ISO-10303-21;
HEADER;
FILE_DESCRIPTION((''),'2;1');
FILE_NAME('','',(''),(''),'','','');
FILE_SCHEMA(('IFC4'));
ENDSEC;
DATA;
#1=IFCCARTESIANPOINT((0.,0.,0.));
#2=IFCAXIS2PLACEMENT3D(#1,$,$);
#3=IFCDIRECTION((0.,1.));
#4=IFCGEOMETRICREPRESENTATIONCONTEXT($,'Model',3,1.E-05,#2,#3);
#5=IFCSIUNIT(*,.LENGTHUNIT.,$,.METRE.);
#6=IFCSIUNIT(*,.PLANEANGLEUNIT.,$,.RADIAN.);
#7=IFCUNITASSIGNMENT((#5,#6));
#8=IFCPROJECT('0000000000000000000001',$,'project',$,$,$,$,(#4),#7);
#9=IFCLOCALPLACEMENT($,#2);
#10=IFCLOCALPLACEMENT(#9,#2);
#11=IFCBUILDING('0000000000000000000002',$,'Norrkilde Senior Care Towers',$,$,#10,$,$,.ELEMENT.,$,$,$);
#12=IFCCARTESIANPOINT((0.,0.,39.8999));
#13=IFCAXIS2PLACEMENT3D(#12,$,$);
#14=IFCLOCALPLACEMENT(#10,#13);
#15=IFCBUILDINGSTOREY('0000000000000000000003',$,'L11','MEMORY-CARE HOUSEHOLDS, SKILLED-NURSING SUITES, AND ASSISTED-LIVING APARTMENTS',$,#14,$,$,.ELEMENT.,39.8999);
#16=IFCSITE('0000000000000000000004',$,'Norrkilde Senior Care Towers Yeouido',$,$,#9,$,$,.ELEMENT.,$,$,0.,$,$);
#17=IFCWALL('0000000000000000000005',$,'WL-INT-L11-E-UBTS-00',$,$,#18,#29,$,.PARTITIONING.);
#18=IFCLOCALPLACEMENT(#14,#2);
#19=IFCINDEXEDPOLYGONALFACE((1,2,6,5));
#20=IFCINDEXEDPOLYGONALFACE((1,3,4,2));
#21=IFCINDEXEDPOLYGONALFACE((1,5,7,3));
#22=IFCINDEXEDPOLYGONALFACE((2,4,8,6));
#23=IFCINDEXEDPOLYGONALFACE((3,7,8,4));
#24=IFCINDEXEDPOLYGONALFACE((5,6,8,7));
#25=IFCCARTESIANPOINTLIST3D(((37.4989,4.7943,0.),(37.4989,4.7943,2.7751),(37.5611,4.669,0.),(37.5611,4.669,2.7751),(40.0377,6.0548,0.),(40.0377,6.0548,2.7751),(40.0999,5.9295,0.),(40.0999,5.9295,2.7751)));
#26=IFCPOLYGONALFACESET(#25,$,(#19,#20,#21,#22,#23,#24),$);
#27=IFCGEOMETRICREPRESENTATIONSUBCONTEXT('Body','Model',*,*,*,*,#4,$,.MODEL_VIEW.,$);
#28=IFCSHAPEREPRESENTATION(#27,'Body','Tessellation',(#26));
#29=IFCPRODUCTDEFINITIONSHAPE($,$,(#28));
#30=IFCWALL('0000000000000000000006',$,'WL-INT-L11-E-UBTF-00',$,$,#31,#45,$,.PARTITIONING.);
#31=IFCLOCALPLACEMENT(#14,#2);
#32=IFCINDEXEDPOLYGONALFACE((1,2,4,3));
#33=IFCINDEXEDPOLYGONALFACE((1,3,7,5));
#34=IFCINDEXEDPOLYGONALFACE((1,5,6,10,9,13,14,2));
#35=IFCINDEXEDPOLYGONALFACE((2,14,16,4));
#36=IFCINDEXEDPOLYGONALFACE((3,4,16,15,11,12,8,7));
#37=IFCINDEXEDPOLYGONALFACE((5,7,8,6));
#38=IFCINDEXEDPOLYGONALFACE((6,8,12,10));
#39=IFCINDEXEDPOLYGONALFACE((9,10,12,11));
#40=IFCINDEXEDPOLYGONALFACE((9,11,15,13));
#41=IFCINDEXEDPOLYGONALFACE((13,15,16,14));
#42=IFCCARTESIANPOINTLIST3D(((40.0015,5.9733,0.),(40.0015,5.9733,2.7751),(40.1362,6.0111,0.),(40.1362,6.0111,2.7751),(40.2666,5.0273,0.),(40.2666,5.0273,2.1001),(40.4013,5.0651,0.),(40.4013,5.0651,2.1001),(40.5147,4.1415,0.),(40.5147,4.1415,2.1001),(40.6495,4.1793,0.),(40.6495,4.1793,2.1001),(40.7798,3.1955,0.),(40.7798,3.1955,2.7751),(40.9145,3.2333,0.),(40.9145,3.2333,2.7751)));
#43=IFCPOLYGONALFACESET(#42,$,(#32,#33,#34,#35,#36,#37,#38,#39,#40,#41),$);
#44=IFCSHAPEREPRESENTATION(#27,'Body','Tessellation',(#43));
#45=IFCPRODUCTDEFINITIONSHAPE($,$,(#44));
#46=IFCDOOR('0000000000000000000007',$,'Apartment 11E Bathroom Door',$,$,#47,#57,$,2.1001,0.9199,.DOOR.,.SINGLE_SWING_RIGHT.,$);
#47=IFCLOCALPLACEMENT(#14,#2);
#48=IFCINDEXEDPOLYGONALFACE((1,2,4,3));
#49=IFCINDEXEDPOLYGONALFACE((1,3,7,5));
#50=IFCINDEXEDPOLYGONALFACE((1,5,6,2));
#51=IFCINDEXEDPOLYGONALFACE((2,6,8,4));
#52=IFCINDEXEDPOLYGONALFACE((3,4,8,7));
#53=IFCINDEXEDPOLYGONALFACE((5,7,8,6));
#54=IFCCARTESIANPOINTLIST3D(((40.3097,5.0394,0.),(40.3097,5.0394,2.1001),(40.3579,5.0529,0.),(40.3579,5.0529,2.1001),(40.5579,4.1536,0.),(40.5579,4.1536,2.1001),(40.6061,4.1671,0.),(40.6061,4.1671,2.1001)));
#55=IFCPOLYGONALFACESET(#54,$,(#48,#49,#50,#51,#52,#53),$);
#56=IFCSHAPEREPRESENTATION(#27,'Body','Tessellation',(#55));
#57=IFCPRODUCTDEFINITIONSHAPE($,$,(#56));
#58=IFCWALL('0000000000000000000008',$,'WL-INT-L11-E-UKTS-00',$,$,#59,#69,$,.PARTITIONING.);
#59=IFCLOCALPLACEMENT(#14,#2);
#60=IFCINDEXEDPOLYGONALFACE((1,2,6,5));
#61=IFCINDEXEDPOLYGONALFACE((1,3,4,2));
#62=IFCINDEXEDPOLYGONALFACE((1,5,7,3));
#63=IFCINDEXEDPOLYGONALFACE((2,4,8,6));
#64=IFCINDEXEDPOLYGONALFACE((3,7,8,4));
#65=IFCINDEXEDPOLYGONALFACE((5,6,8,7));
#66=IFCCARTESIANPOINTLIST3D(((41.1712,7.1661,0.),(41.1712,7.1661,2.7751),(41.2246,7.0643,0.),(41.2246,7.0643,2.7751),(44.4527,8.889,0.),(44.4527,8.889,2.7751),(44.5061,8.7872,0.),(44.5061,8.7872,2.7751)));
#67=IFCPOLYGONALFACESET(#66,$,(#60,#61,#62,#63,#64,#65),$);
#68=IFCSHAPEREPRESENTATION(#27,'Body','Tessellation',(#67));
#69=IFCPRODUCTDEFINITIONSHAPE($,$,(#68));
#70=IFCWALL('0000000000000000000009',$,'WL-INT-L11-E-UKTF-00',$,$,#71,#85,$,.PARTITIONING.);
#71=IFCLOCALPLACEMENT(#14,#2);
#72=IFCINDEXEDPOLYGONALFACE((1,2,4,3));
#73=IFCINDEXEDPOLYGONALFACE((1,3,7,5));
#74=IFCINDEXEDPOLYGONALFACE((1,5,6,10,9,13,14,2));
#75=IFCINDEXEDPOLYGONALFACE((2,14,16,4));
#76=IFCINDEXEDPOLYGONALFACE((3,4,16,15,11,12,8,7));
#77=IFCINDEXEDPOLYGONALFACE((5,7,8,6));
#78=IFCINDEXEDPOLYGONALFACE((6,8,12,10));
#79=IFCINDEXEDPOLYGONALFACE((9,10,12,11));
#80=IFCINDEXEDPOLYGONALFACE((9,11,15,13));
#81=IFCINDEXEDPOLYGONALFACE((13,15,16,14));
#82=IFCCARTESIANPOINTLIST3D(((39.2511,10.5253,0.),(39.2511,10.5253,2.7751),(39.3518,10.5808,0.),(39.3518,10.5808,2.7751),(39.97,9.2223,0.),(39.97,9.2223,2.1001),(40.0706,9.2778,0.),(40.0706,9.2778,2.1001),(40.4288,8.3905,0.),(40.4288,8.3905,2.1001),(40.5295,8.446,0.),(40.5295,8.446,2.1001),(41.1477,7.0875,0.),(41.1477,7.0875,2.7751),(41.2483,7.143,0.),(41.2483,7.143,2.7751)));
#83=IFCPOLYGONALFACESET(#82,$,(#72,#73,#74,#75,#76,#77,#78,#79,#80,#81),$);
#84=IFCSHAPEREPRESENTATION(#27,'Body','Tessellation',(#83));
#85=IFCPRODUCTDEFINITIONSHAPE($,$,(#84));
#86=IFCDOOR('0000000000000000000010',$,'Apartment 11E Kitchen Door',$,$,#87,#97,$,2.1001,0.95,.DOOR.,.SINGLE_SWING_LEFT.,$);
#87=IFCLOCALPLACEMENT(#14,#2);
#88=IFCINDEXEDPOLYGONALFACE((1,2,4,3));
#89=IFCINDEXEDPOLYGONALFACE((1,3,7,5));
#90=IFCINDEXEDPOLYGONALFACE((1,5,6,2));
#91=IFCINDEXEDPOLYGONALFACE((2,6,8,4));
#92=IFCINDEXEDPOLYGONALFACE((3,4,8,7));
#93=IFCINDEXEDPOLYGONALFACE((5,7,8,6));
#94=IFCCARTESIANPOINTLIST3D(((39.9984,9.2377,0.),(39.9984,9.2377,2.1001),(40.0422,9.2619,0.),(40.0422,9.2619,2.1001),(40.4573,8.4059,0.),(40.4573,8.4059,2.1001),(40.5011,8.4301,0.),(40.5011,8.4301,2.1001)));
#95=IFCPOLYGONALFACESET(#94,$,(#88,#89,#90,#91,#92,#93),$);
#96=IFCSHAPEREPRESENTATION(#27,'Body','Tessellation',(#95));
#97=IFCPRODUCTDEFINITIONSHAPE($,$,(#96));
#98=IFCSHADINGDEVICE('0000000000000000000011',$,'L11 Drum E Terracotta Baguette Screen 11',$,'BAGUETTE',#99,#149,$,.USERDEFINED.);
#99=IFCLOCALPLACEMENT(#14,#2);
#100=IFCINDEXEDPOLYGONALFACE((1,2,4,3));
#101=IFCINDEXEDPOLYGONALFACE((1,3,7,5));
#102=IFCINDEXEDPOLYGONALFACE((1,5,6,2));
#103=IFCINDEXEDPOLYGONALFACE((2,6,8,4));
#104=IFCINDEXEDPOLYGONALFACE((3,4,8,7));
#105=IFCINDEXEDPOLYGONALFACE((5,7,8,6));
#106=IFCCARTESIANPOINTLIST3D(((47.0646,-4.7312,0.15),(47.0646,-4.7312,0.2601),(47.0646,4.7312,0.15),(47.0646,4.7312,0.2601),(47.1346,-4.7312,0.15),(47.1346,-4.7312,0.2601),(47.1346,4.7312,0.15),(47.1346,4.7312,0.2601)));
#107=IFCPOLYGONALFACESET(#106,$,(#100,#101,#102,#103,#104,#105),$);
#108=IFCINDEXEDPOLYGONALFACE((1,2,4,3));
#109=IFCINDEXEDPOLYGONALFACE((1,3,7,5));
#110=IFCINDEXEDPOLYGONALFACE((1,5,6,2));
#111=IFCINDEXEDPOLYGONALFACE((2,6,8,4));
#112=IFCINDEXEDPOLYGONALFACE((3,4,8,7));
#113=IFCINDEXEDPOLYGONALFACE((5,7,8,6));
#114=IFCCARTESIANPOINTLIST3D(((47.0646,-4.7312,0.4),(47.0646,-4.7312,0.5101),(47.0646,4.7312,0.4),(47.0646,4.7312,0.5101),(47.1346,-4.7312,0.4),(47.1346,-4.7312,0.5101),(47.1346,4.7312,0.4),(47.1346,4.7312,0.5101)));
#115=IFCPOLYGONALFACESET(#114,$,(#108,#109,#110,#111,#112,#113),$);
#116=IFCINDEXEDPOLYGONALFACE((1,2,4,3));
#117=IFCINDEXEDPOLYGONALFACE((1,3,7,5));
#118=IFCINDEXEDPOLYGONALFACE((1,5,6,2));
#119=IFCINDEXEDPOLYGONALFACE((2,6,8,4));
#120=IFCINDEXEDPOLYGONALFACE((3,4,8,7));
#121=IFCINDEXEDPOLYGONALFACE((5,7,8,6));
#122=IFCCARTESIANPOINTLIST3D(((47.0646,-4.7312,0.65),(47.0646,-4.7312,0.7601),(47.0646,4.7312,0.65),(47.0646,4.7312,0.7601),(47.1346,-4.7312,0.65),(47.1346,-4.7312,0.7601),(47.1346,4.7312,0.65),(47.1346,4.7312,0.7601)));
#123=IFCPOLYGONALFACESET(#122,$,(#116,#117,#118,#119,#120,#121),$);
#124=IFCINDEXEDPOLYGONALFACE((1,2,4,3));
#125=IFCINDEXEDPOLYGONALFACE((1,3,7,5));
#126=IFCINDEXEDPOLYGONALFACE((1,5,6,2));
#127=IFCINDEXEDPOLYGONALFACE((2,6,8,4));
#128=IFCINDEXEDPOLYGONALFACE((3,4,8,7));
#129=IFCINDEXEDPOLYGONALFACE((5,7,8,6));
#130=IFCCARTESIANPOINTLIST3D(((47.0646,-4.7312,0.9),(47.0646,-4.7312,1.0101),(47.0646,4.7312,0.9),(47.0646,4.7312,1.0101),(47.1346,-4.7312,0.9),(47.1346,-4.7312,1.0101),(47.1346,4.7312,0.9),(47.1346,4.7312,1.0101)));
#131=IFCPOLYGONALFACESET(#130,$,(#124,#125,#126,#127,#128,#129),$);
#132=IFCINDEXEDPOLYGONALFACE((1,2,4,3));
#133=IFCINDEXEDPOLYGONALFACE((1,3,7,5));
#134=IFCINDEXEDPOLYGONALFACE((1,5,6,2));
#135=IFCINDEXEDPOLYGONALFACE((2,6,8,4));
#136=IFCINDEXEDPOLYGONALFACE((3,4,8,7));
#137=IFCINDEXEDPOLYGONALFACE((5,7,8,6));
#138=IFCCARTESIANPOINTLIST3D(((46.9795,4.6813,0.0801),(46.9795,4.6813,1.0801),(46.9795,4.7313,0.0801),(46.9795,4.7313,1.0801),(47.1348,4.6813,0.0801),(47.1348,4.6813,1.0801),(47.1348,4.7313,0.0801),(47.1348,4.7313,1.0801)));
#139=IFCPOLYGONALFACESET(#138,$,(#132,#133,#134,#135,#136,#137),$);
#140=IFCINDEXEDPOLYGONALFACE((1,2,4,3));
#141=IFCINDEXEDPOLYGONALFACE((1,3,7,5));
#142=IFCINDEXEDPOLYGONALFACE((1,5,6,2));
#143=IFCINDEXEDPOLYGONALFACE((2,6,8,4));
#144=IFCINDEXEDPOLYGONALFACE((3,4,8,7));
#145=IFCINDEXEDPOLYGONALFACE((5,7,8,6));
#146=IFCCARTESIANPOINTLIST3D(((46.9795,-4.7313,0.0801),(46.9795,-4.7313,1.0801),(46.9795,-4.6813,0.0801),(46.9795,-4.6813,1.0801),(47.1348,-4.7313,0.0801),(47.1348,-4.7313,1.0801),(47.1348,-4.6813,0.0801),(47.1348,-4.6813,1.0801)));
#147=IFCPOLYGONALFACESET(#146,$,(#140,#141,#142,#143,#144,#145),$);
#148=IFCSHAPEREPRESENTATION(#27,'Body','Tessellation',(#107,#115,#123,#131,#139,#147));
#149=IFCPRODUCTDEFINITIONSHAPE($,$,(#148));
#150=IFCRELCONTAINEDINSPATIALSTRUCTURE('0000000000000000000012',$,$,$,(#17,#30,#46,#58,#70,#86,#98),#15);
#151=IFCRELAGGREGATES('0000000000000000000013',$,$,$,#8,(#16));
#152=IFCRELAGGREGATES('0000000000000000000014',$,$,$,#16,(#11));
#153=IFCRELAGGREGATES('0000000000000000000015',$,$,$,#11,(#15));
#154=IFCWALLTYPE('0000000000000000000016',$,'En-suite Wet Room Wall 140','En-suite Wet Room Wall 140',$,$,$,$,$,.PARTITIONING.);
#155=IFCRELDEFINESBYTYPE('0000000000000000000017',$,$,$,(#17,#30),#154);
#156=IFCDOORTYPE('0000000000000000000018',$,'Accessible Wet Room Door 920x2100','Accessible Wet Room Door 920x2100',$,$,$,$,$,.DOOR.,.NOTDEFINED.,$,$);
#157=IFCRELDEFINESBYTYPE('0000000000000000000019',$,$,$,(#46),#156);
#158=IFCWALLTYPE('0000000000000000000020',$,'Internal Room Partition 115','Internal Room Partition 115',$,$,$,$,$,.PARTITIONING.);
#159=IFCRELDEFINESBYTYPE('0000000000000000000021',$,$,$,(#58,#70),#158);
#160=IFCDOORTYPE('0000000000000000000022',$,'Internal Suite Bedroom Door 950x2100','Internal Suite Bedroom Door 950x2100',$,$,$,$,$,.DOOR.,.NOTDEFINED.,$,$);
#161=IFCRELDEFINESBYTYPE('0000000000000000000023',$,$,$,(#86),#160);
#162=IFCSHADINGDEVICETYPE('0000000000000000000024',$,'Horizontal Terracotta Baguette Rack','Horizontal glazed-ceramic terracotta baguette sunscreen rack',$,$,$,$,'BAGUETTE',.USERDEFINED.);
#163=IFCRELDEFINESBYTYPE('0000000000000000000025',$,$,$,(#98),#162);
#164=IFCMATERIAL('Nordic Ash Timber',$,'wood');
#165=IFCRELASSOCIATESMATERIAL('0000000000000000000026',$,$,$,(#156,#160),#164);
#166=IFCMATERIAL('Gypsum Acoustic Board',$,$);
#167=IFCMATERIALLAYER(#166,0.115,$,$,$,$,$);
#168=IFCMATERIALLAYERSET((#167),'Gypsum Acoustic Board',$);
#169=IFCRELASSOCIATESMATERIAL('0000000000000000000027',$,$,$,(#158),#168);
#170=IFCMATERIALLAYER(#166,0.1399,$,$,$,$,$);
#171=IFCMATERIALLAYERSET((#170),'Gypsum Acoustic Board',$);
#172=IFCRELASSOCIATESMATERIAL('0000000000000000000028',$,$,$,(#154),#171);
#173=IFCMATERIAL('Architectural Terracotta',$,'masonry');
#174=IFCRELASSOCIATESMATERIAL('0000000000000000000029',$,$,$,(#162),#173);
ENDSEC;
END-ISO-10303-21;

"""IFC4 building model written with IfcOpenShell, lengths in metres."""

from ifc_helpers import new_model, si_unit, direction, frame, frame_2d, origin, origin_2d, place, context, subcontext, project, spatial, rectangle, extrude, source, transform, mapped, material, layer, layer_set, type_object, type_shapes, element, fill, save


model = new_model("IFC4")

# Units and contexts
model_context = context("Model", 3, precision=1e-05, world=origin(), true_north=direction((0.0, 1.0)))
body_context = subcontext(model_context, "Body", "Model", "MODEL_VIEW")
ifc_project = project(units=[si_unit("LENGTHUNIT", "METRE"), si_unit("PLANEANGLEUNIT", "RADIAN")], contexts=[model_context])

# Site, building, storey
site_placement = place(None, origin())
site = spatial("IfcSite", under=ifc_project, at=site_placement, Name="Norrkilde Senior Care Towers Yeouido", CompositionType="ELEMENT", RefElevation=0.0)
building_placement = place(site_placement, origin())
building = spatial("IfcBuilding", under=site, at=building_placement, Name="Norrkilde Senior Care Towers", CompositionType="ELEMENT")
storey_placement = place(building_placement, frame((0.0, 0.0, 39.8999)))
storey = spatial("IfcBuildingStorey", under=building, at=storey_placement, Name="L11", Description="MEMORY-CARE HOUSEHOLDS, SKILLED-NURSING SUITES, AND ASSISTED-LIVING APARTMENTS", CompositionType="ELEMENT", Elevation=39.8999)

# Shared definitions
ifc_material_1 = material(Name="Gypsum Acoustic Board")
ifc_material_2 = material(Name="Nordic Ash Timber", Category="wood")
door_type_1 = type_object("IfcDoorType", Name="Accessible Wet Room Door 920x2100", Description="Accessible Wet Room Door 920x2100", OperationType="NOTDEFINED", PredefinedType="DOOR", material=ifc_material_2)
shared_shape_1 = source(origin(), body_context, "Body", "SweptSolid", [
    extrude(rectangle(XDim=0.9199, YDim=2.1001, at=frame_2d((0.46, 1.05))), frame((0.0, 0.0249, 0.0), z_axis=(0.0, -1.0, 0.0), x_axis=(1.0, 0.0, 0.0)), (0.0, 0.0, 1.0), 0.05),
])
type_shapes(door_type_1, [shared_shape_1])

# Shared definitions
ifc_layer_1 = layer(ifc_material_1, 0.115)
ifc_layer_set_1 = layer_set([ifc_layer_1], Name="Gypsum Acoustic Board")
wall_type_1 = type_object("IfcWallType", Name="Internal Room Partition 115", Description="Internal Room Partition 115", PredefinedType="PARTITIONING", material=ifc_layer_set_1)
door_type_2 = type_object("IfcDoorType", Name="Internal Suite Bedroom Door 950x2100", Description="Internal Suite Bedroom Door 950x2100", OperationType="NOTDEFINED", PredefinedType="DOOR", material=ifc_material_2)
shared_shape_2 = source(origin(), body_context, "Body", "SweptSolid", [
    extrude(rectangle(XDim=0.95, YDim=2.1001, at=frame_2d((0.4751, 1.05))), frame((0.0, 0.0249, 0.0), z_axis=(0.0, -1.0, 0.0), x_axis=(1.0, 0.0, 0.0)), (0.0, 0.0, 1.0), 0.05),
])
type_shapes(door_type_2, [shared_shape_2])

# Wall
ifc_layer_2 = layer(ifc_material_1, 0.1399)
ifc_layer_set_2 = layer_set([ifc_layer_2], Name="Gypsum Acoustic Board")
wall_type_2 = type_object("IfcWallType", Name="En-suite Wet Room Wall 140", Description="En-suite Wet Room Wall 140", PredefinedType="PARTITIONING", material=ifc_layer_set_2)
shared_shape_3 = source(origin(), body_context, "Body", "SweptSolid", [
    extrude(rectangle(XDim=2.8345, YDim=0.1399, at=frame_2d((1.4172, 0.0))), origin(), (0.0, 0.0, 1.0), 2.7751),
])
wall_1_placement = place(storey_placement, frame((37.53, 4.7317, 0.0), z_axis=(0.0, 0.0, 1.0), x_axis=(0.895681, 0.444697, 0.0)))
element("IfcWall", 1, at=wall_1_placement, inside=storey, type_object=wall_type_2, Name="WL-INT-L11-E-UBTS-00", PredefinedType="PARTITIONING", context=body_context, shape_type="MappedRepresentation", body=[
    mapped(shared_shape_3, transform((0.0, 0.0, 0.0), x_axis=(1.0, 0.0, 0.0), y_axis=(0.0, 1.0, 0.0), z_axis=(0.0, 0.0, 1.0), scale=1.0)),
])

# Wall, opening, door
shared_shape_4 = source(origin(), body_context, "Body", "SweptSolid", [
    extrude(rectangle(XDim=2.8848, YDim=0.1399, at=frame_2d((1.4424, 0.0))), origin(), (0.0, 0.0, 1.0), 2.7751),
])
type_shapes(wall_type_2, [shared_shape_3, shared_shape_4])
wall_2_placement = place(storey_placement, frame((40.0688, 5.9922, 0.0), z_axis=(0.0, 0.0, 1.0), x_axis=(0.269799, -0.962917, 0.0)))
wall_2 = element("IfcWall", 2, at=wall_2_placement, inside=storey, type_object=wall_type_2, Name="WL-INT-L11-E-UBTF-00", PredefinedType="PARTITIONING", context=body_context, shape_type="MappedRepresentation", body=[
    mapped(shared_shape_4, transform((0.0, 0.0, 0.0), x_axis=(1.0, 0.0, 0.0), y_axis=(0.0, 1.0, 0.0), z_axis=(0.0, 0.0, 1.0), scale=1.0)),
])
opening_1_placement = place(wall_2_placement, frame((0.9824, 0.0, 0.0)))
opening_1 = element("IfcOpeningElement", 3, at=opening_1_placement, cuts=wall_2, PredefinedType="OPENING", context=body_context, shape_type="SweptSolid", body=[
    extrude(rectangle(XDim=0.9199, YDim=2.1001, at=frame_2d((0.46, 1.05))), frame((0.0, 0.0798, 0.0), z_axis=(0.0, -1.0, 0.0), x_axis=(1.0, 0.0, 0.0)), (0.0, 0.0, 1.0), 0.1599),
])
door_1_placement = place(opening_1_placement, origin())
door_1 = element("IfcDoor", 4, at=door_1_placement, inside=storey, type_object=door_type_1, Name="Apartment 11E Bathroom Door", OperationType="SINGLE_SWING_RIGHT", OverallHeight=2.1001, OverallWidth=0.9199, PredefinedType="DOOR", context=body_context, shape_type="MappedRepresentation", body=[
    mapped(shared_shape_1, transform((0.0, 0.0, 0.0), x_axis=(1.0, 0.0, 0.0), y_axis=(0.0, 1.0, 0.0), z_axis=(0.0, 0.0, 1.0), scale=1.0)),
])
fill(opening_1, door_1)

# Wall
shared_shape_5 = source(origin(), body_context, "Body", "SweptSolid", [
    extrude(rectangle(XDim=3.7063, YDim=0.115, at=frame_2d((1.853, 0.0))), origin(), (0.0, 0.0, 1.0), 2.7751),
])
wall_3_placement = place(storey_placement, frame((41.198, 7.1152, 0.0), z_axis=(0.0, 0.0, 1.0), x_axis=(0.885385, 0.464858, 0.0)))
element("IfcWall", 5, at=wall_3_placement, inside=storey, type_object=wall_type_1, Name="WL-INT-L11-E-UKTS-00", PredefinedType="PARTITIONING", context=body_context, shape_type="MappedRepresentation", body=[
    mapped(shared_shape_5, transform((0.0, 0.0, 0.0), x_axis=(1.0, 0.0, 0.0), y_axis=(0.0, 1.0, 0.0), z_axis=(0.0, 0.0, 1.0), scale=1.0)),
])

# Wall, opening, door
shared_shape_6 = source(origin(), body_context, "Body", "SweptSolid", [
    extrude(rectangle(XDim=3.9263, YDim=0.115, at=frame_2d((1.9631, 0.0))), origin(), (0.0, 0.0, 1.0), 2.7751),
])
wall_4_placement = place(storey_placement, frame((41.198, 7.1152, 0.0), z_axis=(0.0, 0.0, 1.0), x_axis=(-0.483038, 0.875599, 0.0)))
wall_4 = element("IfcWall", 6, at=wall_4_placement, inside=storey, type_object=wall_type_1, Name="WL-INT-L11-E-UKTF-00", PredefinedType="PARTITIONING", context=body_context, shape_type="MappedRepresentation", body=[
    mapped(shared_shape_6, transform((0.0, 0.0, 0.0), x_axis=(1.0, 0.0, 0.0), y_axis=(0.0, 1.0, 0.0), z_axis=(0.0, 0.0, 1.0), scale=1.0)),
])
opening_2_placement = place(wall_4_placement, frame((1.488, 0.0, 0.0)))
opening_2 = element("IfcOpeningElement", 7, at=opening_2_placement, cuts=wall_4, PredefinedType="OPENING", context=body_context, shape_type="SweptSolid", body=[
    extrude(rectangle(XDim=0.95, YDim=2.1001, at=frame_2d((0.4751, 1.05))), frame((0.0, 0.0674, 0.0), z_axis=(0.0, -1.0, 0.0), x_axis=(1.0, 0.0, 0.0)), (0.0, 0.0, 1.0), 0.135),
])
door_2_placement = place(opening_2_placement, frame((0.95, 0.0, 0.0), z_axis=(0.0, 0.0, 1.0), x_axis=(-1.0, 0.0, 0.0)))
door_2 = element("IfcDoor", 8, at=door_2_placement, inside=storey, type_object=door_type_2, Name="Apartment 11E Kitchen Door", OperationType="SINGLE_SWING_LEFT", OverallHeight=2.1001, OverallWidth=0.95, PredefinedType="DOOR", context=body_context, shape_type="MappedRepresentation", body=[
    mapped(shared_shape_2, transform((0.0, 0.0, 0.0), x_axis=(1.0, 0.0, 0.0), y_axis=(0.0, 1.0, 0.0), z_axis=(0.0, 0.0, 1.0), scale=1.0)),
])
fill(opening_2, door_2)

# Shading device
ifc_material_3 = material(Name="Architectural Terracotta", Category="masonry")
shading_device_type = type_object("IfcShadingDeviceType", Name="Horizontal Terracotta Baguette Rack", Description="Horizontal glazed-ceramic terracotta baguette sunscreen rack", ElementType="BAGUETTE", PredefinedType="USERDEFINED", material=ifc_material_3)
shared_shape_7 = source(origin(), body_context, "Body", "SweptSolid", [
    extrude(rectangle(XDim=0.0701, YDim=0.1101, at=origin_2d()), frame((0.0, 0.0901, 0.125), z_axis=(1.0, 0.0, 0.0), x_axis=(0.0, 1.0, 0.0)), (0.0, 0.0, 1.0), 9.4624),
    extrude(rectangle(XDim=0.0701, YDim=0.1101, at=origin_2d()), frame((0.0, 0.0901, 0.375), z_axis=(1.0, 0.0, 0.0), x_axis=(0.0, 1.0, 0.0)), (0.0, 0.0, 1.0), 9.4624),
    extrude(rectangle(XDim=0.0701, YDim=0.1101, at=origin_2d()), frame((0.0, 0.0901, 0.625), z_axis=(1.0, 0.0, 0.0), x_axis=(0.0, 1.0, 0.0)), (0.0, 0.0, 1.0), 9.4624),
    extrude(rectangle(XDim=0.0701, YDim=0.1101, at=origin_2d()), frame((0.0, 0.0901, 0.875), z_axis=(1.0, 0.0, 0.0), x_axis=(0.0, 1.0, 0.0)), (0.0, 0.0, 1.0), 9.4624),
    extrude(rectangle(XDim=0.05, YDim=0.1553, at=origin_2d()), frame((0.0249, 0.0476, 0.0)), (0.0, 0.0, 1.0), 1.0),
    extrude(rectangle(XDim=0.05, YDim=0.1553, at=origin_2d()), frame((9.4375, 0.0476, 0.0)), (0.0, 0.0, 1.0), 1.0),
])
type_shapes(shading_device_type, [shared_shape_7])
shading_device_placement = place(storey_placement, frame((47.0095, 4.7312, 0.0801), z_axis=(0.0, 0.0, 1.0), x_axis=(0.0, -1.0, 0.0)))
element("IfcShadingDevice", 9, at=shading_device_placement, inside=storey, type_object=shading_device_type, Name="L11 Drum E Terracotta Baguette Screen 11", ObjectType="BAGUETTE", PredefinedType="USERDEFINED", context=body_context, shape_type="MappedRepresentation", body=[
    mapped(shared_shape_7, transform((0.0, 0.0, 0.0), x_axis=(1.0, 0.0, 0.0), y_axis=(0.0, 1.0, 0.0), z_axis=(0.0, 0.0, 1.0), scale=1.0)),
])

save(model, "model.ifc")
